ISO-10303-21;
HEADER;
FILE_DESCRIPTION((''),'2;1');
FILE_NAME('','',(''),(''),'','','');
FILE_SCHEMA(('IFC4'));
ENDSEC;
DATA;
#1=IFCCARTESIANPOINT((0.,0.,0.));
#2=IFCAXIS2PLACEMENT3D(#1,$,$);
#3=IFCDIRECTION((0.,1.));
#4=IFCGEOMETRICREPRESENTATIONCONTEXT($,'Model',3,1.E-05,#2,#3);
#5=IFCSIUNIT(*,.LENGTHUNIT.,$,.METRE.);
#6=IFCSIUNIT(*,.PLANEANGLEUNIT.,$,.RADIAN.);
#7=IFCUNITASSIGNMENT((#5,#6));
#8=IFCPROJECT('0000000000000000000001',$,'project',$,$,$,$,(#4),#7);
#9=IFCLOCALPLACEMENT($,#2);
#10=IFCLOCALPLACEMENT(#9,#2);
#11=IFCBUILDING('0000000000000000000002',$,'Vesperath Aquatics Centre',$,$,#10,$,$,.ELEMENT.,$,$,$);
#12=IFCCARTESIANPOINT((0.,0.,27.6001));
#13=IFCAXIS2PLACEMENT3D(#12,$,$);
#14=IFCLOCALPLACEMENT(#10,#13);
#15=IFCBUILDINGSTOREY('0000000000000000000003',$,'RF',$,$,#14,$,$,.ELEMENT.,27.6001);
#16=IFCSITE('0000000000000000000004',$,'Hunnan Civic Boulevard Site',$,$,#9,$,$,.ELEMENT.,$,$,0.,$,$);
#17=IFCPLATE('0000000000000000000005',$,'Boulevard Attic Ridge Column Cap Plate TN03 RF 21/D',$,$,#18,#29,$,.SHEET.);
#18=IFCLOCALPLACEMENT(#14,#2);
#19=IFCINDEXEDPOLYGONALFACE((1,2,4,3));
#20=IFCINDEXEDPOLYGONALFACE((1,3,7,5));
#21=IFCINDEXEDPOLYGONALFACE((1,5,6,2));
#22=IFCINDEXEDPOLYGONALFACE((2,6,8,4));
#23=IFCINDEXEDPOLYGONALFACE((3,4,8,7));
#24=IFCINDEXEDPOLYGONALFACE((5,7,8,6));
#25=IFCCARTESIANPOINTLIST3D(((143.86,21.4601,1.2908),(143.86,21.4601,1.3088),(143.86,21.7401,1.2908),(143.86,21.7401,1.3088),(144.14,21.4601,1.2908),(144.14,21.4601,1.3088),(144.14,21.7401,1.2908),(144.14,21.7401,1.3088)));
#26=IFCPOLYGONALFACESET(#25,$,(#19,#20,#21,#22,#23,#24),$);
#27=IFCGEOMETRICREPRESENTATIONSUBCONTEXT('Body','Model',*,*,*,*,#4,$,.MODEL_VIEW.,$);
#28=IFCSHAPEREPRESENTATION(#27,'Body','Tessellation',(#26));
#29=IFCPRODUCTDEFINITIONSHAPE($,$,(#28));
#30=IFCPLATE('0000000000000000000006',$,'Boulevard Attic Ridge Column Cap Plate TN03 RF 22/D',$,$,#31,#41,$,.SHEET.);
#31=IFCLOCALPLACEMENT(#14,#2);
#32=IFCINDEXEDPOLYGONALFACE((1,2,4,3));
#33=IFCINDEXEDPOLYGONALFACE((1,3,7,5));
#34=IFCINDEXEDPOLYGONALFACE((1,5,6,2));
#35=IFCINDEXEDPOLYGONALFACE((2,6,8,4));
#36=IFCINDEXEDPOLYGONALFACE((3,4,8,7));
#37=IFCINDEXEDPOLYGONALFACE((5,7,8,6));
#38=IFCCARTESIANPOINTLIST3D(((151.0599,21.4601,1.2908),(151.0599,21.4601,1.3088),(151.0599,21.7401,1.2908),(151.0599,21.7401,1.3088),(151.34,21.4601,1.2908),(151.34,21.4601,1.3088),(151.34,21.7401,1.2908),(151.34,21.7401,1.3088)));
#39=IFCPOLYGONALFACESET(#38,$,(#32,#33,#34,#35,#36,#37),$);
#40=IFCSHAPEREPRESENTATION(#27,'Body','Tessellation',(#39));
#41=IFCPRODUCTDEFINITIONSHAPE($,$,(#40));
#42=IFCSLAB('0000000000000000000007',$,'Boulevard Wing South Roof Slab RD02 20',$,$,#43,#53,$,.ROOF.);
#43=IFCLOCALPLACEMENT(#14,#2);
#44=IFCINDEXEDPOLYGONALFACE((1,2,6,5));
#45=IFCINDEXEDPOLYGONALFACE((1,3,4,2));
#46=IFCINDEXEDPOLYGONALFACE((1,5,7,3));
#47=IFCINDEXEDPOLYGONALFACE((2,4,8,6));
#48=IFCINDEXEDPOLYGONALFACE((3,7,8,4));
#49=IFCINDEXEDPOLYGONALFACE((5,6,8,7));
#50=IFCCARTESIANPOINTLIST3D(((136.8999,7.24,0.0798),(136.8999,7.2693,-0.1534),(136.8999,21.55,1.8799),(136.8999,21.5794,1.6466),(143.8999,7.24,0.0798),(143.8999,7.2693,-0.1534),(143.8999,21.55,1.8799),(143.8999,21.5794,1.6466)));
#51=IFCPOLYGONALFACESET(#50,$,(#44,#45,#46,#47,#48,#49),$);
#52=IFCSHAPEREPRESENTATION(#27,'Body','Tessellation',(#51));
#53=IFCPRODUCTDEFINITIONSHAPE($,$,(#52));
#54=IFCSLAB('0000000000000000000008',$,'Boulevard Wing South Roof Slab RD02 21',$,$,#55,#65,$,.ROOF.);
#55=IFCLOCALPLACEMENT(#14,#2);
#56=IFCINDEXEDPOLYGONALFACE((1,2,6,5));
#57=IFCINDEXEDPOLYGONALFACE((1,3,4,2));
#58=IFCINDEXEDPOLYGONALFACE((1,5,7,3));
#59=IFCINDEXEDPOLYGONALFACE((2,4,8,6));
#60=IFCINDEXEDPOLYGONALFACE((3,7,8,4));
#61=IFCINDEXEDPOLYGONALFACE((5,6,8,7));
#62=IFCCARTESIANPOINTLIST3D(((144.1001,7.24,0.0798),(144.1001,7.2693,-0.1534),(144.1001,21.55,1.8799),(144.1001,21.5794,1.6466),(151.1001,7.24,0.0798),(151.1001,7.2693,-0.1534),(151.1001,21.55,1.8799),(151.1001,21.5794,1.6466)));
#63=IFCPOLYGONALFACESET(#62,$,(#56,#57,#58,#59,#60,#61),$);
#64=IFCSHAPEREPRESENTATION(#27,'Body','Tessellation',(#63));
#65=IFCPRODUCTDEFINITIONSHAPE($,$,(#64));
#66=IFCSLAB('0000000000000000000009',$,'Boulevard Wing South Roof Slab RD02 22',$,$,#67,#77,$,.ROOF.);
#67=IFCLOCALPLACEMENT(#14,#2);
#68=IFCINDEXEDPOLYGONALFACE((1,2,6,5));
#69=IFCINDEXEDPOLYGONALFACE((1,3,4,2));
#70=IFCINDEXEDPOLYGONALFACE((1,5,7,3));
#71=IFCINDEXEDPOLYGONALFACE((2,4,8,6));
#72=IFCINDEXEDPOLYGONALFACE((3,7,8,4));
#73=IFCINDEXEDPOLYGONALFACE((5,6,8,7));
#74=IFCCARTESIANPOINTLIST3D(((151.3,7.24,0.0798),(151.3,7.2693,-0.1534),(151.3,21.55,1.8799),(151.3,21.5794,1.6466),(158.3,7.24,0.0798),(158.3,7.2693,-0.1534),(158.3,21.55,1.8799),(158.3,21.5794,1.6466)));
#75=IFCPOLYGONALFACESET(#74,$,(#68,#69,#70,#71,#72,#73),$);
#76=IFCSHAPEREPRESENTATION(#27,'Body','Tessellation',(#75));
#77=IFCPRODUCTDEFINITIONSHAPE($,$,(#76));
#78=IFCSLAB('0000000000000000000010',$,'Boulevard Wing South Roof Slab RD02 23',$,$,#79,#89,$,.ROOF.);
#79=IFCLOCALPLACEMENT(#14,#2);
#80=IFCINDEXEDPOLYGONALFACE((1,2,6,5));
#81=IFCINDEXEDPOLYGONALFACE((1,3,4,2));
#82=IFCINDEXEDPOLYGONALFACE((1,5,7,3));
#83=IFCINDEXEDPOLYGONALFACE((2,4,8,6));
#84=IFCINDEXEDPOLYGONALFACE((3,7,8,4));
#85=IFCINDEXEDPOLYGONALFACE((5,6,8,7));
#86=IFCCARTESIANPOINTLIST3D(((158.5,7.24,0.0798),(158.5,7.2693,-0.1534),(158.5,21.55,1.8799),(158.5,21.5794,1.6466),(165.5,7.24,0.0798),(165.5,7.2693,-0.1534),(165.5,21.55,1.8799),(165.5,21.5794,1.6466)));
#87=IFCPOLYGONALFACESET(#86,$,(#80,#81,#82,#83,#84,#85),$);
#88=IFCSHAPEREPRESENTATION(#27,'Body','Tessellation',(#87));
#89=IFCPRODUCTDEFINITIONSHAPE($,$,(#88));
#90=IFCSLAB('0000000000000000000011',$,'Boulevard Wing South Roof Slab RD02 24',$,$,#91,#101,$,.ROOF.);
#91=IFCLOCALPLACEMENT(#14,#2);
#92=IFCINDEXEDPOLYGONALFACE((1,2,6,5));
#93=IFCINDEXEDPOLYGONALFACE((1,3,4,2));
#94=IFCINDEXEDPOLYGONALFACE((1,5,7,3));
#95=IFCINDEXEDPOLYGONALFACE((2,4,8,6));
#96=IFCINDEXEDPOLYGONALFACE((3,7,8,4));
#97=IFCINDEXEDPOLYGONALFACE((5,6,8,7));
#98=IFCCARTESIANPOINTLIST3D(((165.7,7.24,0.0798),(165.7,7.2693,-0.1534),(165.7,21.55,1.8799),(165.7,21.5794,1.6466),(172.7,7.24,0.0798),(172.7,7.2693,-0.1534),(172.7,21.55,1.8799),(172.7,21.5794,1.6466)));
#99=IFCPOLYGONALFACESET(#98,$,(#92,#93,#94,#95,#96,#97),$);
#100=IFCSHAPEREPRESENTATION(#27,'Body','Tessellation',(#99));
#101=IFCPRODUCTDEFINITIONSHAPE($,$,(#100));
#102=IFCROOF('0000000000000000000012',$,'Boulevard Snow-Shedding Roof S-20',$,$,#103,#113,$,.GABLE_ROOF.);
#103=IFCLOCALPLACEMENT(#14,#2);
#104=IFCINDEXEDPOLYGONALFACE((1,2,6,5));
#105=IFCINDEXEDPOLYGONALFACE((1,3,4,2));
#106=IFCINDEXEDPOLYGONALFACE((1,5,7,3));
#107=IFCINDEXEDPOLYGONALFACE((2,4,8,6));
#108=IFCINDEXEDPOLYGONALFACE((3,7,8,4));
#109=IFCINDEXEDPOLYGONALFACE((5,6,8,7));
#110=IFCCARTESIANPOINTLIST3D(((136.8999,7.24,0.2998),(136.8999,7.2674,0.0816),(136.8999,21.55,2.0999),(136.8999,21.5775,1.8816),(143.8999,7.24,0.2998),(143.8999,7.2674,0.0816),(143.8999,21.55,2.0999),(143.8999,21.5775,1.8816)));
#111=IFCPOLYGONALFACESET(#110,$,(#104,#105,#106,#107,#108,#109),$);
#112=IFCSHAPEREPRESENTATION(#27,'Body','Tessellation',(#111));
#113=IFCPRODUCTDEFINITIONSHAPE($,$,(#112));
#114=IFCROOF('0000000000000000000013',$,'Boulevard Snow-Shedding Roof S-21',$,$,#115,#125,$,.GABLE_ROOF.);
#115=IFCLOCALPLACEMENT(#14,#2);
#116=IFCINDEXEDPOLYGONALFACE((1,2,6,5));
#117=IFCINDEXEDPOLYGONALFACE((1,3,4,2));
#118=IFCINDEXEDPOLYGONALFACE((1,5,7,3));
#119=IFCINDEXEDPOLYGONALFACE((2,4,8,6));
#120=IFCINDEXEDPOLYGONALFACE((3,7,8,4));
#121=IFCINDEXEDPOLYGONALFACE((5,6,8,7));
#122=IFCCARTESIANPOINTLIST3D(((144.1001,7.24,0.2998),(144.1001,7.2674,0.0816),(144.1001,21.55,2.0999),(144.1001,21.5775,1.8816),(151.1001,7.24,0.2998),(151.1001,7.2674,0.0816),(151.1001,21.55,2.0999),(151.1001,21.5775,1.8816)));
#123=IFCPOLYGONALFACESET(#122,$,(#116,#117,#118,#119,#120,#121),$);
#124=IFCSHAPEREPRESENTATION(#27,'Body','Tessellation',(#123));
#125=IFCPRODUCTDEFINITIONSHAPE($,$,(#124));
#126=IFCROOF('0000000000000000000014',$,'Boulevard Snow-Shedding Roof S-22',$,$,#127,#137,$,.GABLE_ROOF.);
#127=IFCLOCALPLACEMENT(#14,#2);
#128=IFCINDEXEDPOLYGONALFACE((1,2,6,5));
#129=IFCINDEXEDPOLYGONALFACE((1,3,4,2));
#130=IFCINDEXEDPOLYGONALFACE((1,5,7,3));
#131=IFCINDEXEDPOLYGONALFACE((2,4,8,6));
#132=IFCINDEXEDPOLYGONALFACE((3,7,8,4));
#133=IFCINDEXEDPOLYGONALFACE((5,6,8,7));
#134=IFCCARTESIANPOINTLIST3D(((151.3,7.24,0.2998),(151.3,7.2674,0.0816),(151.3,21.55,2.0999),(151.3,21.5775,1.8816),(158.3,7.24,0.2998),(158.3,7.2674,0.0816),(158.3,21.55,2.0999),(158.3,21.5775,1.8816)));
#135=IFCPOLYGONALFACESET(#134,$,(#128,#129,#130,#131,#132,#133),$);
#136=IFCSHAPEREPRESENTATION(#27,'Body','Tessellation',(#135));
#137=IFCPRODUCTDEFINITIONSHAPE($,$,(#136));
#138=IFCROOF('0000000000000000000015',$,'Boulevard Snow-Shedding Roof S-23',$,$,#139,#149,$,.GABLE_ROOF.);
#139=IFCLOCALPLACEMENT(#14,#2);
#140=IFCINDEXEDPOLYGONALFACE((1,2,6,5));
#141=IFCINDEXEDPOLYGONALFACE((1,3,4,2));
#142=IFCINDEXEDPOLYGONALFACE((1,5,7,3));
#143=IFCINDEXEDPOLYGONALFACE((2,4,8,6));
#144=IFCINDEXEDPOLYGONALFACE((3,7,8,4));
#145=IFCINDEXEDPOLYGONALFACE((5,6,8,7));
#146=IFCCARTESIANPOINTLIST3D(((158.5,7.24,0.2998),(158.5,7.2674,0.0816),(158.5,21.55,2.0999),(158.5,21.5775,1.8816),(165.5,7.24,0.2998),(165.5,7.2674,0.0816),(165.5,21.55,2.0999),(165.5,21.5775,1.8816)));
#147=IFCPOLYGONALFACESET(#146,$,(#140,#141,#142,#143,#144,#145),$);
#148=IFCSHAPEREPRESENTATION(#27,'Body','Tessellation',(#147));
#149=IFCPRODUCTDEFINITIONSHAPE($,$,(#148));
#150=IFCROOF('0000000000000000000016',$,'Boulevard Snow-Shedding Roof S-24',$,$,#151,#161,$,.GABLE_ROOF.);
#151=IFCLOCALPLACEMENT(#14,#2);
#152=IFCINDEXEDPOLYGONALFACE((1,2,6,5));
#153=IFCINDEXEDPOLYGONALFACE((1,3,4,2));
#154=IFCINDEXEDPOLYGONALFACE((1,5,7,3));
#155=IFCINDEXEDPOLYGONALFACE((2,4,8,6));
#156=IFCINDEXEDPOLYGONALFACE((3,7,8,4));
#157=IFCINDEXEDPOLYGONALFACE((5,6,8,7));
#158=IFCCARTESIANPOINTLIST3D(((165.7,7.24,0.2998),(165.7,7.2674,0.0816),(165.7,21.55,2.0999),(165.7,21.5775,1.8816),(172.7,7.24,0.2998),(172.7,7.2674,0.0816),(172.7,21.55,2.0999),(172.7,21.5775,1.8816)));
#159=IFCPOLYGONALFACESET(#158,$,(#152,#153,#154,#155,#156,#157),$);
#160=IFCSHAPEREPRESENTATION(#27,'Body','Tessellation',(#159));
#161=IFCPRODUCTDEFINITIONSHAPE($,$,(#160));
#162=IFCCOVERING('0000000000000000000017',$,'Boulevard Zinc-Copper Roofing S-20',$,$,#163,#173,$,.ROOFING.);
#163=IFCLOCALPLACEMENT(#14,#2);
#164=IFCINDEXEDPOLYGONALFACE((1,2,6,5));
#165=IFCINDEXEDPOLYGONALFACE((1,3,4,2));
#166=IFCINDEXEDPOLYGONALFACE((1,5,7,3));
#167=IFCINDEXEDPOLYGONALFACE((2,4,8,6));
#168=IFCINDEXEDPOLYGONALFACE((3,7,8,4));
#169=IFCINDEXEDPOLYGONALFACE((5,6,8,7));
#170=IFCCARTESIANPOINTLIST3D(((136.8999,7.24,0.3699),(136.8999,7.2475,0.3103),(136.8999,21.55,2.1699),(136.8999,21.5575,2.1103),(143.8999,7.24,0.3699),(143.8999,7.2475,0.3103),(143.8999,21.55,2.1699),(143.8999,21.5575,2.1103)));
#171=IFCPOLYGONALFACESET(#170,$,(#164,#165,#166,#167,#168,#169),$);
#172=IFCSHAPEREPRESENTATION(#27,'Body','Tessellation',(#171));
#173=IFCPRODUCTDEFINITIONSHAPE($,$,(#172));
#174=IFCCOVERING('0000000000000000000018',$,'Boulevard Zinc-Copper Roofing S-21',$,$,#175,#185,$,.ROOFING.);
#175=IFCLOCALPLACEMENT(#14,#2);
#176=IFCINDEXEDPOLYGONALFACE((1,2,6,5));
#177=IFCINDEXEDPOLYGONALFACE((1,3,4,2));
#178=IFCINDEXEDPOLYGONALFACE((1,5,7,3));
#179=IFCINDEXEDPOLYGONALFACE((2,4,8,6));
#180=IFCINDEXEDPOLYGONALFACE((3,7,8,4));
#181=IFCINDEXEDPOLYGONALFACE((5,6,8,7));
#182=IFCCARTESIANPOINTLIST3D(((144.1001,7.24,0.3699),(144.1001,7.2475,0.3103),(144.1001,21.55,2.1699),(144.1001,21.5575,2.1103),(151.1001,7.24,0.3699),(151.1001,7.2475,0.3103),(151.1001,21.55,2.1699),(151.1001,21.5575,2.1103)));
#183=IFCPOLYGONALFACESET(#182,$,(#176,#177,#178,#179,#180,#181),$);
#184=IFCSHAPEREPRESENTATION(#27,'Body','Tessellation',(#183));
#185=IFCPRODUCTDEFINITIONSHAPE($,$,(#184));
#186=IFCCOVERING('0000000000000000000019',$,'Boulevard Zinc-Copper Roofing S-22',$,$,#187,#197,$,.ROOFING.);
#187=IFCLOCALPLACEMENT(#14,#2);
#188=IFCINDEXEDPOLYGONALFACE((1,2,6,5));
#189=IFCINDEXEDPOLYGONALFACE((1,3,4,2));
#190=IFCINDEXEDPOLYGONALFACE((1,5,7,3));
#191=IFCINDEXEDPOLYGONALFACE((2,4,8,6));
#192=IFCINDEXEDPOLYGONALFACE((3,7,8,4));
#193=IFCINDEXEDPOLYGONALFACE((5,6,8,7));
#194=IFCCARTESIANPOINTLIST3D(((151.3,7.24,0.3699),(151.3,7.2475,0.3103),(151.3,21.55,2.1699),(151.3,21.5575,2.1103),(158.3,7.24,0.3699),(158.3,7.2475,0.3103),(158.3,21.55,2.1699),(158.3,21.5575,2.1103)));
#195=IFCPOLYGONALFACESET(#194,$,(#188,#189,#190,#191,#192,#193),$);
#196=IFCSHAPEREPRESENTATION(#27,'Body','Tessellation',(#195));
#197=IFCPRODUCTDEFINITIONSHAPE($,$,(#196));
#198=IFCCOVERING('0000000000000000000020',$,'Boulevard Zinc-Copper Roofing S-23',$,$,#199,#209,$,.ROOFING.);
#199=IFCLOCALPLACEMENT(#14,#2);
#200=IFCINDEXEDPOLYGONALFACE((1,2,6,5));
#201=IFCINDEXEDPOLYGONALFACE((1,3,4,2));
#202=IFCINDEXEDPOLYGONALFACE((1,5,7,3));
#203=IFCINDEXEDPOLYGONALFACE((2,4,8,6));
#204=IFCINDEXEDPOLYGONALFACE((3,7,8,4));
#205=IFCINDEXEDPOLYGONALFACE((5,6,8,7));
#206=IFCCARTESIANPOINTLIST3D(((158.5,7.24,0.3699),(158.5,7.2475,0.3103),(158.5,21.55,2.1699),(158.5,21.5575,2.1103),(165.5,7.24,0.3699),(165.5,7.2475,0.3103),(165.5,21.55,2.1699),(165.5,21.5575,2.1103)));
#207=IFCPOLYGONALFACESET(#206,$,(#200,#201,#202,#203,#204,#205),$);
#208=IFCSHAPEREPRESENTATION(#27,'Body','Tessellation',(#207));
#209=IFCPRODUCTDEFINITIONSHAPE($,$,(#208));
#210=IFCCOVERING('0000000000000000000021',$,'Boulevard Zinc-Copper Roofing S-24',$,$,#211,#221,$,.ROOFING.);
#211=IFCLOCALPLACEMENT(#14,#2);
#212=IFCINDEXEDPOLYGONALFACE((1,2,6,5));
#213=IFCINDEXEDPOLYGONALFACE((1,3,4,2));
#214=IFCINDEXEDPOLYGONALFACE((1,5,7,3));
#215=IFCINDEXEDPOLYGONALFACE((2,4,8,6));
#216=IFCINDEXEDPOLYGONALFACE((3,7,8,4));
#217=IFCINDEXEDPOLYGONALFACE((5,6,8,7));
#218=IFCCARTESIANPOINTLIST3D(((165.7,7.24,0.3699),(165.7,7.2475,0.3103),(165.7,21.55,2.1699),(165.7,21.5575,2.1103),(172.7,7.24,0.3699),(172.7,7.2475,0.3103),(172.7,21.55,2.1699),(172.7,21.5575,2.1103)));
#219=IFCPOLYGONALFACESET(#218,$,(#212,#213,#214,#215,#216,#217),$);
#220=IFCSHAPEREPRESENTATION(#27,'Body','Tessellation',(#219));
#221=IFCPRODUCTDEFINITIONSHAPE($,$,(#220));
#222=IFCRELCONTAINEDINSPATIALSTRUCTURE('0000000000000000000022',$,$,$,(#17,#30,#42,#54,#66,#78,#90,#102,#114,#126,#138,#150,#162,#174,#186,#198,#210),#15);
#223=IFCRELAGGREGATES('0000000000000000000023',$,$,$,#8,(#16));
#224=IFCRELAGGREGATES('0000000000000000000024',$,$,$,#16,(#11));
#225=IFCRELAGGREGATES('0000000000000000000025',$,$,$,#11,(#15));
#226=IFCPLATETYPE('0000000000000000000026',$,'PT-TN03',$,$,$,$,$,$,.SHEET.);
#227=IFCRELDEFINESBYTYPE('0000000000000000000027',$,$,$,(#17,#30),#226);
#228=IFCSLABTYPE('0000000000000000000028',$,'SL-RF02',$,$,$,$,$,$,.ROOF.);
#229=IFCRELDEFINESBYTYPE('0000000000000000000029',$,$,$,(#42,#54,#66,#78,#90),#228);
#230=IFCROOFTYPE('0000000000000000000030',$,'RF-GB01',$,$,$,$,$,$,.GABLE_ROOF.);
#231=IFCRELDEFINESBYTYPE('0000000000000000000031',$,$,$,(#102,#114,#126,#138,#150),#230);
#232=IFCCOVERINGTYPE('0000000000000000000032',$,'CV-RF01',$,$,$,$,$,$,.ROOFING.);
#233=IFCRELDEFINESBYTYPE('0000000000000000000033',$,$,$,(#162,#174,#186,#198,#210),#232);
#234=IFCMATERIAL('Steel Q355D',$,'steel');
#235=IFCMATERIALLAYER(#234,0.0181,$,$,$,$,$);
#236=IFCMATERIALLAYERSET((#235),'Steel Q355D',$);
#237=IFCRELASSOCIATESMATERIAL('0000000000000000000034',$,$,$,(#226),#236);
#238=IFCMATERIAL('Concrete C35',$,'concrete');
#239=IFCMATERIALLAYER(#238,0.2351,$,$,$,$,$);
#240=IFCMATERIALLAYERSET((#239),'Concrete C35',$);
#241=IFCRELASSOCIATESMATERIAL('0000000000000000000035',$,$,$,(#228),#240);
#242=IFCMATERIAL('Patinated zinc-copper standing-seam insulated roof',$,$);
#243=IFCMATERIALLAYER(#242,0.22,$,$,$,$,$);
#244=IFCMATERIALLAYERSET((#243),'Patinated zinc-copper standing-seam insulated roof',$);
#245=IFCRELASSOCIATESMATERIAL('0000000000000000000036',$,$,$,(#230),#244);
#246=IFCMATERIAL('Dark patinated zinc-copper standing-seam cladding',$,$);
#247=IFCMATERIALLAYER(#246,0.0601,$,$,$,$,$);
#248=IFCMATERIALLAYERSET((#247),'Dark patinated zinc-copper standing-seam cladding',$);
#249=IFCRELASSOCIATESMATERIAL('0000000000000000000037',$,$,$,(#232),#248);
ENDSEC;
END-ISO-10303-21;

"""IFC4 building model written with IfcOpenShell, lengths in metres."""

from ifc_helpers import new_model, si_unit, direction, frame, origin, origin_2d, place, context, subcontext, project, spatial, polyline, rectangle, outline, extrude, material, layer, layer_set, type_object, element, save


model = new_model("IFC4")

# Units and contexts
model_context = context("Model", 3, precision=1e-05, world=origin(), true_north=direction((0.0, 1.0)))
body_context = subcontext(model_context, "Body", "Model", "MODEL_VIEW")
ifc_project = project(units=[si_unit("LENGTHUNIT", "METRE"), si_unit("PLANEANGLEUNIT", "RADIAN")], contexts=[model_context])

# Site, building, storey
site_placement = place(None, origin())
site = spatial("IfcSite", under=ifc_project, at=site_placement, Name="Hunnan Civic Boulevard Site", CompositionType="ELEMENT", RefElevation=0.0)
building_placement = place(site_placement, origin())
building = spatial("IfcBuilding", under=site, at=building_placement, Name="Vesperath Aquatics Centre", CompositionType="ELEMENT")
storey_placement = place(building_placement, frame((0.0, 0.0, 27.6001)))
storey = spatial("IfcBuildingStorey", under=building, at=storey_placement, Name="RF", CompositionType="ELEMENT", Elevation=27.6001)

# Shared definitions
ifc_material_1 = material(Name="Steel Q355D", Category="steel")

# Plates
ifc_layer_1 = layer(ifc_material_1, 0.0181)
ifc_layer_set_1 = layer_set([ifc_layer_1], Name="Steel Q355D")
plate_type = type_object("IfcPlateType", Name="PT-TN03", PredefinedType="SHEET", material=ifc_layer_set_1)
for number, where, z_axis, x_axis, name in (
    (1, (144.0, 21.6001, 1.2908), (0.0, 0.0, 1.0), (1.0, 0.0, 0.0), "Boulevard Attic Ridge Column Cap Plate TN03 RF 21/D"),
    (2, (151.2, 21.6001, 1.2908), (0.0, 0.0, 1.0), (1.0, 0.0, 0.0), "Boulevard Attic Ridge Column Cap Plate TN03 RF 22/D"),
):
    element("IfcPlate", number, at=place(storey_placement, frame(where, z_axis=z_axis, x_axis=x_axis)), inside=storey, type_object=plate_type, Name=name, PredefinedType="SHEET", context=body_context, shape_type="SweptSolid", body=[
        extrude(rectangle(XDim=0.28, YDim=0.28, at=origin_2d()), origin(), (0.0, 0.0, 1.0), 0.0181),
    ])

# Slabs
ifc_material_2 = material(Name="Concrete C35", Category="concrete")
ifc_layer_2 = layer(ifc_material_2, 0.2351)
ifc_layer_set_2 = layer_set([ifc_layer_2], Name="Concrete C35")
slab_type = type_object("IfcSlabType", Name="SL-RF02", PredefinedType="ROOF", material=ifc_layer_set_2)
for number, where, z_axis, x_axis, name in (
    (3, (136.8999, 7.24, 0.0798), (0.0, -0.124806, 0.992181), (1.0, 0.0, 0.0), "Boulevard Wing South Roof Slab RD02 20"),
    (4, (144.1001, 7.24, 0.0798), (0.0, -0.124806, 0.992181), (1.0, 0.0, 0.0), "Boulevard Wing South Roof Slab RD02 21"),
    (5, (151.3, 7.24, 0.0798), (0.0, -0.124806, 0.992181), (1.0, 0.0, 0.0), "Boulevard Wing South Roof Slab RD02 22"),
    (6, (158.5, 7.24, 0.0798), (0.0, -0.124806, 0.992181), (1.0, 0.0, 0.0), "Boulevard Wing South Roof Slab RD02 23"),
    (7, (165.7, 7.24, 0.0798), (0.0, -0.124806, 0.992181), (1.0, 0.0, 0.0), "Boulevard Wing South Roof Slab RD02 24"),
):
    element("IfcSlab", number, at=place(storey_placement, frame(where, z_axis=z_axis, x_axis=x_axis)), inside=storey, type_object=slab_type, Name=name, PredefinedType="ROOF", context=body_context, shape_type="SweptSolid", body=[
        extrude(outline(polyline([(0.0, 0.0), (7.0, 0.0), (7.0, 14.4228), (0.0, 14.4228), (0.0, 0.0)])), origin(), (0.0, 0.0, -1.0), 0.2351),
    ])

# Roofs
ifc_material_3 = material(Name="Patinated zinc-copper standing-seam insulated roof")
ifc_layer_3 = layer(ifc_material_3, 0.22)
ifc_layer_set_3 = layer_set([ifc_layer_3], Name="Patinated zinc-copper standing-seam insulated roof")
roof_type = type_object("IfcRoofType", Name="RF-GB01", PredefinedType="GABLE_ROOF", material=ifc_layer_set_3)
for number, where, z_axis, x_axis, name in (
    (8, (136.8999, 7.24, 0.2998), (0.0, -0.124806, 0.992181), (1.0, 0.0, 0.0), "Boulevard Snow-Shedding Roof S-20"),
    (9, (144.1001, 7.24, 0.2998), (0.0, -0.124806, 0.992181), (1.0, 0.0, 0.0), "Boulevard Snow-Shedding Roof S-21"),
    (10, (151.3, 7.24, 0.2998), (0.0, -0.124806, 0.992181), (1.0, 0.0, 0.0), "Boulevard Snow-Shedding Roof S-22"),
    (11, (158.5, 7.24, 0.2998), (0.0, -0.124806, 0.992181), (1.0, 0.0, 0.0), "Boulevard Snow-Shedding Roof S-23"),
    (12, (165.7, 7.24, 0.2998), (0.0, -0.124806, 0.992181), (1.0, 0.0, 0.0), "Boulevard Snow-Shedding Roof S-24"),
):
    element("IfcRoof", number, at=place(storey_placement, frame(where, z_axis=z_axis, x_axis=x_axis)), inside=storey, type_object=roof_type, Name=name, PredefinedType="GABLE_ROOF", context=body_context, shape_type="SweptSolid", body=[
        extrude(outline(polyline([(0.0, 0.0), (7.0, 0.0), (7.0, 14.4228), (0.0, 14.4228), (0.0, 0.0)])), origin(), (0.0, 0.0, -1.0), 0.22),
    ])

# Coverings
ifc_material_4 = material(Name="Dark patinated zinc-copper standing-seam cladding")
ifc_layer_4 = layer(ifc_material_4, 0.0601)
ifc_layer_set_4 = layer_set([ifc_layer_4], Name="Dark patinated zinc-copper standing-seam cladding")
covering_type = type_object("IfcCoveringType", Name="CV-RF01", PredefinedType="ROOFING", material=ifc_layer_set_4)
for number, where, z_axis, x_axis, name in (
    (13, (136.8999, 7.24, 0.3699), (0.0, -0.124806, 0.992181), (1.0, 0.0, 0.0), "Boulevard Zinc-Copper Roofing S-20"),
    (14, (144.1001, 7.24, 0.3699), (0.0, -0.124806, 0.992181), (1.0, 0.0, 0.0), "Boulevard Zinc-Copper Roofing S-21"),
    (15, (151.3, 7.24, 0.3699), (0.0, -0.124806, 0.992181), (1.0, 0.0, 0.0), "Boulevard Zinc-Copper Roofing S-22"),
    (16, (158.5, 7.24, 0.3699), (0.0, -0.124806, 0.992181), (1.0, 0.0, 0.0), "Boulevard Zinc-Copper Roofing S-23"),
    (17, (165.7, 7.24, 0.3699), (0.0, -0.124806, 0.992181), (1.0, 0.0, 0.0), "Boulevard Zinc-Copper Roofing S-24"),
):
    element("IfcCovering", number, at=place(storey_placement, frame(where, z_axis=z_axis, x_axis=x_axis)), inside=storey, type_object=covering_type, Name=name, PredefinedType="ROOFING", context=body_context, shape_type="SweptSolid", body=[
        extrude(outline(polyline([(0.0, 0.0), (7.0, 0.0), (7.0, 14.4228), (0.0, 14.4228), (0.0, 0.0)])), origin(), (0.0, 0.0, -1.0), 0.0601),
    ])

save(model, "model.ifc")
